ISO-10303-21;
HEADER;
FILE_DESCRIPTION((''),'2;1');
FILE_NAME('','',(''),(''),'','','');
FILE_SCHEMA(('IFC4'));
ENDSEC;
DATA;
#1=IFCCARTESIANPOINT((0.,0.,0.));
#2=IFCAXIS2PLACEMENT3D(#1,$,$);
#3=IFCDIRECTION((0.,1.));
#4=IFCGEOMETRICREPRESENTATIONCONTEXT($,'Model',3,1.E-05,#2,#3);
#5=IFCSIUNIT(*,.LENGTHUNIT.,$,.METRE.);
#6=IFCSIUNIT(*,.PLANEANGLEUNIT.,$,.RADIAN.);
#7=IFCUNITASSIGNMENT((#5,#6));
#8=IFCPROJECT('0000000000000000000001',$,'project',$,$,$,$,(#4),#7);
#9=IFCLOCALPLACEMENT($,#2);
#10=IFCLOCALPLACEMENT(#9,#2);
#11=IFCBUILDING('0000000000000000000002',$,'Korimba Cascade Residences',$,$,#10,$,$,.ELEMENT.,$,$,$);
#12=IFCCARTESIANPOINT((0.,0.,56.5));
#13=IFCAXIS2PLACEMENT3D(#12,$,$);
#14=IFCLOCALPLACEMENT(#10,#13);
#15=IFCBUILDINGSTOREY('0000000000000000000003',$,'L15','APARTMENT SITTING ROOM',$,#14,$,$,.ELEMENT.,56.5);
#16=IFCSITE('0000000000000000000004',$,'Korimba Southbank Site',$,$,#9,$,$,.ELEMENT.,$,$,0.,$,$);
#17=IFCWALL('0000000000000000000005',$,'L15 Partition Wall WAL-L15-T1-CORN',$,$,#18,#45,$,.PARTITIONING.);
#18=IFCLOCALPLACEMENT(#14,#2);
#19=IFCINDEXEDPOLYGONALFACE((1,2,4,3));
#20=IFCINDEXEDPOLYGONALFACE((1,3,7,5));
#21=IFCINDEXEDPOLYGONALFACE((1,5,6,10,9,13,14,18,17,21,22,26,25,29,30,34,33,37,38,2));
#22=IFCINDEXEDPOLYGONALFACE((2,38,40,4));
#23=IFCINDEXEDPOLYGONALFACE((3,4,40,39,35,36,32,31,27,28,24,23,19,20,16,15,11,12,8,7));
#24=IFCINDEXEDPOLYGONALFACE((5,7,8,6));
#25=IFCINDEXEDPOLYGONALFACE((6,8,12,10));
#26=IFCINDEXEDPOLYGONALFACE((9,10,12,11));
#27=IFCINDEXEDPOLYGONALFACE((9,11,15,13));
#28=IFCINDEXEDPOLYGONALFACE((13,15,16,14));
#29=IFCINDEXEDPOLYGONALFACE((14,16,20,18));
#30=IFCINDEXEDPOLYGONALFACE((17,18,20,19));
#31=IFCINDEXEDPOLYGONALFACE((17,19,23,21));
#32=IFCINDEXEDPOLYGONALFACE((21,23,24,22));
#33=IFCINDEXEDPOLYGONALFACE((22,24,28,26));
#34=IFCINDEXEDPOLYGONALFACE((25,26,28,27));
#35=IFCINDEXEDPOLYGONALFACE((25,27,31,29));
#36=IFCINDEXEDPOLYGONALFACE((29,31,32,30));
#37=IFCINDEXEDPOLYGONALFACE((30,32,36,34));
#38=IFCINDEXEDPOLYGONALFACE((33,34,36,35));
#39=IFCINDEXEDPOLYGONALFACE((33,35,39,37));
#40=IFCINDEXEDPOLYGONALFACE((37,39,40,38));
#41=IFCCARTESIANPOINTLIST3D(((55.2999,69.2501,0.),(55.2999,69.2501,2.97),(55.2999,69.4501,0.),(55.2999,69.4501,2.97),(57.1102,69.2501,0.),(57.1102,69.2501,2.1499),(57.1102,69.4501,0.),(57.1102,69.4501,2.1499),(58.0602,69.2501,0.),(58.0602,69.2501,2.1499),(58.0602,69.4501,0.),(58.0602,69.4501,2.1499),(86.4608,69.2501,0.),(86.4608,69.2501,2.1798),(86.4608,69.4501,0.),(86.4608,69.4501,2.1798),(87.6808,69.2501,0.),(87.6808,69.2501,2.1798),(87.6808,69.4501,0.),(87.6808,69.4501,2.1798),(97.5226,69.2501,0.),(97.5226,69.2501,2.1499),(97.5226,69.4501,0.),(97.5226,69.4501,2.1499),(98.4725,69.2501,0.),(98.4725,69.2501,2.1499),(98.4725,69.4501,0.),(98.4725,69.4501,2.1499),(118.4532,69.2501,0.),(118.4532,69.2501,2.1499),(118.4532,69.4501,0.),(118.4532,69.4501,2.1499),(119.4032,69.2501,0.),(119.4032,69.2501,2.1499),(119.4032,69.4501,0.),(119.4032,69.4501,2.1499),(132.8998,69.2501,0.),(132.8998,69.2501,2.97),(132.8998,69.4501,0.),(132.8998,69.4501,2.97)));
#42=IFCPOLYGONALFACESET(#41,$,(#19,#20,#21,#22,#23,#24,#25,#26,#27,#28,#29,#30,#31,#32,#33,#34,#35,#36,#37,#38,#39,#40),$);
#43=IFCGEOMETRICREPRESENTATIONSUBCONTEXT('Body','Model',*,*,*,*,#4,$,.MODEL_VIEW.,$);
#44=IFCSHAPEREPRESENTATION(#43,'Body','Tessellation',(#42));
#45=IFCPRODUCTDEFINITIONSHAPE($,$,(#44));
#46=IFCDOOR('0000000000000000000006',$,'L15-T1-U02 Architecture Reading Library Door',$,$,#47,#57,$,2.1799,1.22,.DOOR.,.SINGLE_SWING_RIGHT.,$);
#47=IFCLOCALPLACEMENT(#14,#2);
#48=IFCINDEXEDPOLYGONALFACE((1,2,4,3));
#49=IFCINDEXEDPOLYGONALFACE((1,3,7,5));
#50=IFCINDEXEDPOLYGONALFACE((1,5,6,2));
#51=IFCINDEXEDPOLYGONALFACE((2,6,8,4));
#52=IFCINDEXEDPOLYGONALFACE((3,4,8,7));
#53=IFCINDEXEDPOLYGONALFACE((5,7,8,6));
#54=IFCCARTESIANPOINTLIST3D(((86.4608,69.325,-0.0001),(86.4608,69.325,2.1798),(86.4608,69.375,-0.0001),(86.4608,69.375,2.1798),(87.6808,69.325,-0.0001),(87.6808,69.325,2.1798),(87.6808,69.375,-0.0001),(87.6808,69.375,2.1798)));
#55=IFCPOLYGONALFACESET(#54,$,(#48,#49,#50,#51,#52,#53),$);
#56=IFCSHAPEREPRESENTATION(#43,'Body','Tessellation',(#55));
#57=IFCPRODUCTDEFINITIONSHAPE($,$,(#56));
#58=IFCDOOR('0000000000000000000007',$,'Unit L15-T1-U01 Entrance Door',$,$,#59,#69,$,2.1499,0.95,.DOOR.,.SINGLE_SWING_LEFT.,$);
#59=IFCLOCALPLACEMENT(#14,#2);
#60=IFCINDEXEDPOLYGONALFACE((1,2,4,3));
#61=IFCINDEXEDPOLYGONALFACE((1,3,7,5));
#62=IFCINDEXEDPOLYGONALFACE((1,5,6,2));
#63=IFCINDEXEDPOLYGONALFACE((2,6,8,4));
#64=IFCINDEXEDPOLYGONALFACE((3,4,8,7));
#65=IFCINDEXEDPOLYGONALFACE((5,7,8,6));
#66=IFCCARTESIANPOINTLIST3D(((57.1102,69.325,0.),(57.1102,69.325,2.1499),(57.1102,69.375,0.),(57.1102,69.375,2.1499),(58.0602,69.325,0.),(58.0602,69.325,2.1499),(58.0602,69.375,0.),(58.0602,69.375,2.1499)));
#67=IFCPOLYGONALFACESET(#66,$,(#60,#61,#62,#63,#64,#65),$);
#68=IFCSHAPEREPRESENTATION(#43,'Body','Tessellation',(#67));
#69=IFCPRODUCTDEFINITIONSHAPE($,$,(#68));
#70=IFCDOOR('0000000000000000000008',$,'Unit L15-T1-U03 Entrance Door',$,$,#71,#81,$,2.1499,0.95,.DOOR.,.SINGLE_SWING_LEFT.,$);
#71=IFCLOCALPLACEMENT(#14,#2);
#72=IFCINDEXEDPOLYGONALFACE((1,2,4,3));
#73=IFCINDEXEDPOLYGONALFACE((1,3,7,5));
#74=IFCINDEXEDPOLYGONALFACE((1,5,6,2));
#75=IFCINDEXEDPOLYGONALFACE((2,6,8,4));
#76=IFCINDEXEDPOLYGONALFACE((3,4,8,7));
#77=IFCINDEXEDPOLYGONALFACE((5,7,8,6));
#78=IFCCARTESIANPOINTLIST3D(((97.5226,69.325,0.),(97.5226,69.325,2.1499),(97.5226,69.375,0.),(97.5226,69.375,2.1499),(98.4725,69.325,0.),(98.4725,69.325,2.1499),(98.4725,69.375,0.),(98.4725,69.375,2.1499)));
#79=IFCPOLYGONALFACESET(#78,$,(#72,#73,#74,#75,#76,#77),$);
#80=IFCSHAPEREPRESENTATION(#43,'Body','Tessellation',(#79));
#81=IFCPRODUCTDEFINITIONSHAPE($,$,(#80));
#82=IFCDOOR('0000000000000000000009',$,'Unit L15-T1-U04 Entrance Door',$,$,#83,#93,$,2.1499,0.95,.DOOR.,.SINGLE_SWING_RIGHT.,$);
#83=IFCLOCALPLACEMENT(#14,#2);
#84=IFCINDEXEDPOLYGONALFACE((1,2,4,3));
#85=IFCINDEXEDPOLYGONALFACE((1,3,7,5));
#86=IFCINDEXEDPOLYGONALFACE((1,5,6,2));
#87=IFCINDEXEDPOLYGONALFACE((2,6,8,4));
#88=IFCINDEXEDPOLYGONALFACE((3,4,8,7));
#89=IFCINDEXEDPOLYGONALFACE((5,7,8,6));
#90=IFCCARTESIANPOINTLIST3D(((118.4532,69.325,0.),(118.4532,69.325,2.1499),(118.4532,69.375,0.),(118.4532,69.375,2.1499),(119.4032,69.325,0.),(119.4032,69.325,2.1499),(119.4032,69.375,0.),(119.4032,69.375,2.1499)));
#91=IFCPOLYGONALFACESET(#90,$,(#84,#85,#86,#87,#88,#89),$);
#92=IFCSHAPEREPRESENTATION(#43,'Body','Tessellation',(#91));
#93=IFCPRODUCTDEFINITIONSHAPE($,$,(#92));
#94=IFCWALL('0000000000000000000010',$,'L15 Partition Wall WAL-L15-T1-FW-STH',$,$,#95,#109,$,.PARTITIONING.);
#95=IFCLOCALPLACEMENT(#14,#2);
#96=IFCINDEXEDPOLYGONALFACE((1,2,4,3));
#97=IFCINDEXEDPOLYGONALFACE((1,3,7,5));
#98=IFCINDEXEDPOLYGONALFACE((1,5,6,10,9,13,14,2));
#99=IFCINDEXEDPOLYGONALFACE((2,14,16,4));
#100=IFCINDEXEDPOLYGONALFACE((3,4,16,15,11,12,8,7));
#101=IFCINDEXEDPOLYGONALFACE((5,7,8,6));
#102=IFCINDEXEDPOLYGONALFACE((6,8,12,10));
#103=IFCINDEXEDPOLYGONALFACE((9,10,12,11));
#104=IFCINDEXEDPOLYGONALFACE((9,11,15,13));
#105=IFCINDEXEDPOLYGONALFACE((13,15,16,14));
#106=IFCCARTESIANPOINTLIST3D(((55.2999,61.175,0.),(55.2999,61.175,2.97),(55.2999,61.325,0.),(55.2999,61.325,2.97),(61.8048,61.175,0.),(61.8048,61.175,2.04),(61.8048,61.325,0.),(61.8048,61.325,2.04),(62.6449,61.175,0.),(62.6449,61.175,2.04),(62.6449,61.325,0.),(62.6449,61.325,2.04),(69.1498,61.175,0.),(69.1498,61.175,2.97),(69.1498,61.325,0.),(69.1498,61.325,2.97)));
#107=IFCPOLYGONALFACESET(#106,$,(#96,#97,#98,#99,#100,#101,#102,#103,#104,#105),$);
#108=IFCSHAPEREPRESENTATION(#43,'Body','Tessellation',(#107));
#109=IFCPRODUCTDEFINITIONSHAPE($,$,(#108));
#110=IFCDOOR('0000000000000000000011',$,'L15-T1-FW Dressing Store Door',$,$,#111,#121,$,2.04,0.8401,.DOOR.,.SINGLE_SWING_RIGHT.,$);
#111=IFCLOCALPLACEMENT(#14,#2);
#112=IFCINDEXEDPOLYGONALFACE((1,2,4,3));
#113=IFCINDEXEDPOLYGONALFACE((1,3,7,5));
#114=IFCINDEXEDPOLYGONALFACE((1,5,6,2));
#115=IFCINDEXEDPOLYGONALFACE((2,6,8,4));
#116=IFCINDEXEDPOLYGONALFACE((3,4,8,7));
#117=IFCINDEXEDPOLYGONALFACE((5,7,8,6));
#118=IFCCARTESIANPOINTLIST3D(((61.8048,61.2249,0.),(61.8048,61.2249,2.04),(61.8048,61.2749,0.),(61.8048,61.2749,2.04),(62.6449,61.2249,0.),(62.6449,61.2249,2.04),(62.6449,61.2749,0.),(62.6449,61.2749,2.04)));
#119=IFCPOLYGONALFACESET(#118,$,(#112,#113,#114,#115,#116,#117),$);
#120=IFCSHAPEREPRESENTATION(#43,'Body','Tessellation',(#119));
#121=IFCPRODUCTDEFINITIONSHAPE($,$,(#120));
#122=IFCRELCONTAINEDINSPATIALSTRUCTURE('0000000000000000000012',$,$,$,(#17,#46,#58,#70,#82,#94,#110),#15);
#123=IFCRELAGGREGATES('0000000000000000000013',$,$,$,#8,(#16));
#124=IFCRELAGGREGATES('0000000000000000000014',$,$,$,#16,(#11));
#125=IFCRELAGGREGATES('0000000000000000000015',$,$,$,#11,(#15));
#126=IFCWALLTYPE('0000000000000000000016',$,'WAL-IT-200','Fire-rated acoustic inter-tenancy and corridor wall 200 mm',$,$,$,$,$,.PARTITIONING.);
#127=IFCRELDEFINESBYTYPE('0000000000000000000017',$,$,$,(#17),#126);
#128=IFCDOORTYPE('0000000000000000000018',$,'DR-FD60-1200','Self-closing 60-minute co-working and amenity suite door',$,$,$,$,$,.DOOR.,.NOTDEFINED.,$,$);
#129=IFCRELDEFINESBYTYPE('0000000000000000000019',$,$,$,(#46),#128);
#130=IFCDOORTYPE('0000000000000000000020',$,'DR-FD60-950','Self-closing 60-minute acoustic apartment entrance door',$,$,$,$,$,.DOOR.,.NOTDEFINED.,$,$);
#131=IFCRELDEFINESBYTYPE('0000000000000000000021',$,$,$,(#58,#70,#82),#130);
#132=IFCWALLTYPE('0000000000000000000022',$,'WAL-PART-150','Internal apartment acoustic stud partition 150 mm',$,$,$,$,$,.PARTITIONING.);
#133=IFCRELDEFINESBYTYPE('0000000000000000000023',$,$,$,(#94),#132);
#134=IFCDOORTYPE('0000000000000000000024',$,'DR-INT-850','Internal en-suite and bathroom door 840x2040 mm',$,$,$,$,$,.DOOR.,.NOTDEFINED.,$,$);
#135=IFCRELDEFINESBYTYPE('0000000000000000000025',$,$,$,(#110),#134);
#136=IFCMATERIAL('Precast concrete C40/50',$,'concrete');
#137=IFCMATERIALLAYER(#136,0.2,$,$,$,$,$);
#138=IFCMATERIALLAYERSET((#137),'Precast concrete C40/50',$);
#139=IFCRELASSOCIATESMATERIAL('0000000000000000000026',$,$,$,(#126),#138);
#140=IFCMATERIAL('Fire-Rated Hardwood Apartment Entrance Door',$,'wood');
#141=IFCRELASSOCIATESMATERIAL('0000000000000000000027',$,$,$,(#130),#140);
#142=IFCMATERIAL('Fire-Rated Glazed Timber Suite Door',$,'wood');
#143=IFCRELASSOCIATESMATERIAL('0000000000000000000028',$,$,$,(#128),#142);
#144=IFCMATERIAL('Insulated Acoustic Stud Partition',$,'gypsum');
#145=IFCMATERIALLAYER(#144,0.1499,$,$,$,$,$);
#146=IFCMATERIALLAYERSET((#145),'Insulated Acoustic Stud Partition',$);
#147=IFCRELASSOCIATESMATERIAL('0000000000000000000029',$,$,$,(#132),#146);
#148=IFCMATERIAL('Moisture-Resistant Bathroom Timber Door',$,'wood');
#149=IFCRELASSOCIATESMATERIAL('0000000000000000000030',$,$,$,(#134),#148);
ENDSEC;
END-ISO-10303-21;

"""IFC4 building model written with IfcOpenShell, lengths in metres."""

from ifc_helpers import new_model, si_unit, direction, frame, frame_2d, origin, place, context, subcontext, project, spatial, rectangle, extrude, material, layer, layer_set, type_object, element, fill, save


model = new_model("IFC4")

# Units and contexts
model_context = context("Model", 3, precision=1e-05, world=origin(), true_north=direction((0.0, 1.0)))
body_context = subcontext(model_context, "Body", "Model", "MODEL_VIEW")
ifc_project = project(units=[si_unit("LENGTHUNIT", "METRE"), si_unit("PLANEANGLEUNIT", "RADIAN")], contexts=[model_context])

# Site, building, storey
site_placement = place(None, origin())
site = spatial("IfcSite", under=ifc_project, at=site_placement, Name="Korimba Southbank Site", CompositionType="ELEMENT", RefElevation=0.0)
building_placement = place(site_placement, origin())
building = spatial("IfcBuilding", under=site, at=building_placement, Name="Korimba Cascade Residences", CompositionType="ELEMENT")
storey_placement = place(building_placement, frame((0.0, 0.0, 56.5)))
storey = spatial("IfcBuildingStorey", under=building, at=storey_placement, Name="L15", Description="APARTMENT SITTING ROOM", CompositionType="ELEMENT", Elevation=56.5)

# Shared definitions
ifc_material_1 = material(Name="Precast concrete C40/50", Category="concrete")
ifc_layer_1 = layer(ifc_material_1, 0.2)
ifc_layer_set_1 = layer_set([ifc_layer_1], Name="Precast concrete C40/50")
wall_type_1 = type_object("IfcWallType", Name="WAL-IT-200", Description="Fire-rated acoustic inter-tenancy and corridor wall 200 mm", PredefinedType="PARTITIONING", material=ifc_layer_set_1)
ifc_material_2 = material(Name="Fire-Rated Hardwood Apartment Entrance Door", Category="wood")
door_type_1 = type_object("IfcDoorType", Name="DR-FD60-950", Description="Self-closing 60-minute acoustic apartment entrance door", OperationType="NOTDEFINED", PredefinedType="DOOR", material=ifc_material_2)

# Wall, openings, doors
wall_1_placement = place(storey_placement, frame((55.3, 69.3501, 0.0), z_axis=(0.0, 0.0, 1.0), x_axis=(1.0, 0.0, 0.0)))
wall_1 = element("IfcWall", 1, at=wall_1_placement, inside=storey, type_object=wall_type_1, Name="L15 Partition Wall WAL-L15-T1-CORN", PredefinedType="PARTITIONING", context=body_context, shape_type="SweptSolid", body=[
    extrude(rectangle(XDim=77.5999, YDim=0.2, at=frame_2d((38.7998, 0.0))), origin(), (0.0, 0.0, 1.0), 2.97),
])
opening_1_placement = place(wall_1_placement, frame((1.8101, 0.0, 0.0)))
opening_1 = element("IfcOpeningElement", 2, at=opening_1_placement, cuts=wall_1, PredefinedType="OPENING", context=body_context, shape_type="SweptSolid", body=[
    extrude(rectangle(XDim=0.95, YDim=2.1499, at=frame_2d((0.4751, 1.075))), frame((0.0, 0.1099, 0.0), z_axis=(0.0, -1.0, 0.0), x_axis=(1.0, 0.0, 0.0)), (0.0, 0.0, 1.0), 0.22),
])
opening_2_placement = place(wall_1_placement, frame((31.1609, 0.0, 0.0)))
opening_2 = element("IfcOpeningElement", 3, at=opening_2_placement, cuts=wall_1, PredefinedType="OPENING", context=body_context, shape_type="SweptSolid", body=[
    extrude(rectangle(XDim=1.22, YDim=2.1799, at=frame_2d((0.6099, 1.0898))), frame((0.0, 0.1099, 0.0), z_axis=(0.0, -1.0, 0.0), x_axis=(1.0, 0.0, 0.0)), (0.0, 0.0, 1.0), 0.22),
])
opening_3_placement = place(wall_1_placement, frame((42.2224, 0.0, 0.0)))
opening_3 = element("IfcOpeningElement", 4, at=opening_3_placement, cuts=wall_1, PredefinedType="OPENING", context=body_context, shape_type="SweptSolid", body=[
    extrude(rectangle(XDim=0.95, YDim=2.1499, at=frame_2d((0.4751, 1.075))), frame((0.0, 0.1099, 0.0), z_axis=(0.0, -1.0, 0.0), x_axis=(1.0, 0.0, 0.0)), (0.0, 0.0, 1.0), 0.22),
])
opening_4_placement = place(wall_1_placement, frame((63.1531, 0.0, 0.0)))
opening_4 = element("IfcOpeningElement", 5, at=opening_4_placement, cuts=wall_1, PredefinedType="OPENING", context=body_context, shape_type="SweptSolid", body=[
    extrude(rectangle(XDim=0.95, YDim=2.1499, at=frame_2d((0.4751, 1.075))), frame((0.0, 0.1099, 0.0), z_axis=(0.0, -1.0, 0.0), x_axis=(1.0, 0.0, 0.0)), (0.0, 0.0, 1.0), 0.22),
])
ifc_material_3 = material(Name="Fire-Rated Glazed Timber Suite Door", Category="wood")
door_type_2 = type_object("IfcDoorType", Name="DR-FD60-1200", Description="Self-closing 60-minute co-working and amenity suite door", OperationType="NOTDEFINED", PredefinedType="DOOR", material=ifc_material_3)
door_1_placement = place(opening_2_placement, origin())
door_1 = element("IfcDoor", 6, at=door_1_placement, inside=storey, type_object=door_type_2, Name="L15-T1-U02 Architecture Reading Library Door", OperationType="SINGLE_SWING_RIGHT", OverallHeight=2.1799, OverallWidth=1.22, PredefinedType="DOOR", context=body_context, shape_type="SweptSolid", body=[
    extrude(rectangle(XDim=1.22, YDim=2.1799, at=frame_2d((0.6099, 1.0898))), frame((0.0, 0.0249, 0.0), z_axis=(0.0, -1.0, 0.0), x_axis=(1.0, 0.0, 0.0)), (0.0, 0.0, 1.0), 0.05),
])
fill(opening_2, door_1)
door_2_placement = place(opening_1_placement, origin())
door_2 = element("IfcDoor", 7, at=door_2_placement, inside=storey, type_object=door_type_1, Name="Unit L15-T1-U01 Entrance Door", OperationType="SINGLE_SWING_LEFT", OverallHeight=2.1499, OverallWidth=0.95, PredefinedType="DOOR", context=body_context, shape_type="SweptSolid", body=[
    extrude(rectangle(XDim=0.95, YDim=2.1499, at=frame_2d((0.4751, 1.075))), frame((0.0, 0.0249, 0.0), z_axis=(0.0, -1.0, 0.0), x_axis=(1.0, 0.0, 0.0)), (0.0, 0.0, 1.0), 0.05),
])
fill(opening_1, door_2)
door_3_placement = place(opening_3_placement, origin())
door_3 = element("IfcDoor", 8, at=door_3_placement, inside=storey, type_object=door_type_1, Name="Unit L15-T1-U03 Entrance Door", OperationType="SINGLE_SWING_LEFT", OverallHeight=2.1499, OverallWidth=0.95, PredefinedType="DOOR", context=body_context, shape_type="SweptSolid", body=[
    extrude(rectangle(XDim=0.95, YDim=2.1499, at=frame_2d((0.4751, 1.075))), frame((0.0, 0.0249, 0.0), z_axis=(0.0, -1.0, 0.0), x_axis=(1.0, 0.0, 0.0)), (0.0, 0.0, 1.0), 0.05),
])
fill(opening_3, door_3)
door_4_placement = place(opening_4_placement, origin())
door_4 = element("IfcDoor", 9, at=door_4_placement, inside=storey, type_object=door_type_1, Name="Unit L15-T1-U04 Entrance Door", OperationType="SINGLE_SWING_RIGHT", OverallHeight=2.1499, OverallWidth=0.95, PredefinedType="DOOR", context=body_context, shape_type="SweptSolid", body=[
    extrude(rectangle(XDim=0.95, YDim=2.1499, at=frame_2d((0.4751, 1.075))), frame((0.0, 0.0249, 0.0), z_axis=(0.0, -1.0, 0.0), x_axis=(1.0, 0.0, 0.0)), (0.0, 0.0, 1.0), 0.05),
])
fill(opening_4, door_4)

# Wall, opening, door
ifc_material_4 = material(Name="Insulated Acoustic Stud Partition", Category="gypsum")
ifc_layer_2 = layer(ifc_material_4, 0.1499)
ifc_layer_set_2 = layer_set([ifc_layer_2], Name="Insulated Acoustic Stud Partition")
wall_type_2 = type_object("IfcWallType", Name="WAL-PART-150", Description="Internal apartment acoustic stud partition 150 mm", PredefinedType="PARTITIONING", material=ifc_layer_set_2)
wall_2_placement = place(storey_placement, frame((55.3, 61.25, 0.0), z_axis=(0.0, 0.0, 1.0), x_axis=(1.0, 0.0, 0.0)))
wall_2 = element("IfcWall", 10, at=wall_2_placement, inside=storey, type_object=wall_type_2, Name="L15 Partition Wall WAL-L15-T1-FW-STH", PredefinedType="PARTITIONING", context=body_context, shape_type="SweptSolid", body=[
    extrude(rectangle(XDim=13.8499, YDim=0.1499, at=frame_2d((6.9248, 0.0))), origin(), (0.0, 0.0, 1.0), 2.97),
])
opening_5_placement = place(wall_2_placement, frame((6.5049, 0.0, 0.0)))
opening_5 = element("IfcOpeningElement", 11, at=opening_5_placement, cuts=wall_2, PredefinedType="OPENING", context=body_context, shape_type="SweptSolid", body=[
    extrude(rectangle(XDim=0.8401, YDim=2.04, at=frame_2d((0.4199, 1.02))), frame((0.0, 0.085, 0.0), z_axis=(0.0, -1.0, 0.0), x_axis=(1.0, 0.0, 0.0)), (0.0, 0.0, 1.0), 0.1699),
])
ifc_material_5 = material(Name="Moisture-Resistant Bathroom Timber Door", Category="wood")
door_type_3 = type_object("IfcDoorType", Name="DR-INT-850", Description="Internal en-suite and bathroom door 840x2040 mm", OperationType="NOTDEFINED", PredefinedType="DOOR", material=ifc_material_5)
door_5_placement = place(opening_5_placement, origin())
door_5 = element("IfcDoor", 12, at=door_5_placement, inside=storey, type_object=door_type_3, Name="L15-T1-FW Dressing Store Door", OperationType="SINGLE_SWING_RIGHT", OverallHeight=2.04, OverallWidth=0.8401, PredefinedType="DOOR", context=body_context, shape_type="SweptSolid", body=[
    extrude(rectangle(XDim=0.8401, YDim=2.04, at=frame_2d((0.4199, 1.02))), frame((0.0, 0.0249, 0.0), z_axis=(0.0, -1.0, 0.0), x_axis=(1.0, 0.0, 0.0)), (0.0, 0.0, 1.0), 0.05),
])
fill(opening_5, door_5)

save(model, "model.ifc")
